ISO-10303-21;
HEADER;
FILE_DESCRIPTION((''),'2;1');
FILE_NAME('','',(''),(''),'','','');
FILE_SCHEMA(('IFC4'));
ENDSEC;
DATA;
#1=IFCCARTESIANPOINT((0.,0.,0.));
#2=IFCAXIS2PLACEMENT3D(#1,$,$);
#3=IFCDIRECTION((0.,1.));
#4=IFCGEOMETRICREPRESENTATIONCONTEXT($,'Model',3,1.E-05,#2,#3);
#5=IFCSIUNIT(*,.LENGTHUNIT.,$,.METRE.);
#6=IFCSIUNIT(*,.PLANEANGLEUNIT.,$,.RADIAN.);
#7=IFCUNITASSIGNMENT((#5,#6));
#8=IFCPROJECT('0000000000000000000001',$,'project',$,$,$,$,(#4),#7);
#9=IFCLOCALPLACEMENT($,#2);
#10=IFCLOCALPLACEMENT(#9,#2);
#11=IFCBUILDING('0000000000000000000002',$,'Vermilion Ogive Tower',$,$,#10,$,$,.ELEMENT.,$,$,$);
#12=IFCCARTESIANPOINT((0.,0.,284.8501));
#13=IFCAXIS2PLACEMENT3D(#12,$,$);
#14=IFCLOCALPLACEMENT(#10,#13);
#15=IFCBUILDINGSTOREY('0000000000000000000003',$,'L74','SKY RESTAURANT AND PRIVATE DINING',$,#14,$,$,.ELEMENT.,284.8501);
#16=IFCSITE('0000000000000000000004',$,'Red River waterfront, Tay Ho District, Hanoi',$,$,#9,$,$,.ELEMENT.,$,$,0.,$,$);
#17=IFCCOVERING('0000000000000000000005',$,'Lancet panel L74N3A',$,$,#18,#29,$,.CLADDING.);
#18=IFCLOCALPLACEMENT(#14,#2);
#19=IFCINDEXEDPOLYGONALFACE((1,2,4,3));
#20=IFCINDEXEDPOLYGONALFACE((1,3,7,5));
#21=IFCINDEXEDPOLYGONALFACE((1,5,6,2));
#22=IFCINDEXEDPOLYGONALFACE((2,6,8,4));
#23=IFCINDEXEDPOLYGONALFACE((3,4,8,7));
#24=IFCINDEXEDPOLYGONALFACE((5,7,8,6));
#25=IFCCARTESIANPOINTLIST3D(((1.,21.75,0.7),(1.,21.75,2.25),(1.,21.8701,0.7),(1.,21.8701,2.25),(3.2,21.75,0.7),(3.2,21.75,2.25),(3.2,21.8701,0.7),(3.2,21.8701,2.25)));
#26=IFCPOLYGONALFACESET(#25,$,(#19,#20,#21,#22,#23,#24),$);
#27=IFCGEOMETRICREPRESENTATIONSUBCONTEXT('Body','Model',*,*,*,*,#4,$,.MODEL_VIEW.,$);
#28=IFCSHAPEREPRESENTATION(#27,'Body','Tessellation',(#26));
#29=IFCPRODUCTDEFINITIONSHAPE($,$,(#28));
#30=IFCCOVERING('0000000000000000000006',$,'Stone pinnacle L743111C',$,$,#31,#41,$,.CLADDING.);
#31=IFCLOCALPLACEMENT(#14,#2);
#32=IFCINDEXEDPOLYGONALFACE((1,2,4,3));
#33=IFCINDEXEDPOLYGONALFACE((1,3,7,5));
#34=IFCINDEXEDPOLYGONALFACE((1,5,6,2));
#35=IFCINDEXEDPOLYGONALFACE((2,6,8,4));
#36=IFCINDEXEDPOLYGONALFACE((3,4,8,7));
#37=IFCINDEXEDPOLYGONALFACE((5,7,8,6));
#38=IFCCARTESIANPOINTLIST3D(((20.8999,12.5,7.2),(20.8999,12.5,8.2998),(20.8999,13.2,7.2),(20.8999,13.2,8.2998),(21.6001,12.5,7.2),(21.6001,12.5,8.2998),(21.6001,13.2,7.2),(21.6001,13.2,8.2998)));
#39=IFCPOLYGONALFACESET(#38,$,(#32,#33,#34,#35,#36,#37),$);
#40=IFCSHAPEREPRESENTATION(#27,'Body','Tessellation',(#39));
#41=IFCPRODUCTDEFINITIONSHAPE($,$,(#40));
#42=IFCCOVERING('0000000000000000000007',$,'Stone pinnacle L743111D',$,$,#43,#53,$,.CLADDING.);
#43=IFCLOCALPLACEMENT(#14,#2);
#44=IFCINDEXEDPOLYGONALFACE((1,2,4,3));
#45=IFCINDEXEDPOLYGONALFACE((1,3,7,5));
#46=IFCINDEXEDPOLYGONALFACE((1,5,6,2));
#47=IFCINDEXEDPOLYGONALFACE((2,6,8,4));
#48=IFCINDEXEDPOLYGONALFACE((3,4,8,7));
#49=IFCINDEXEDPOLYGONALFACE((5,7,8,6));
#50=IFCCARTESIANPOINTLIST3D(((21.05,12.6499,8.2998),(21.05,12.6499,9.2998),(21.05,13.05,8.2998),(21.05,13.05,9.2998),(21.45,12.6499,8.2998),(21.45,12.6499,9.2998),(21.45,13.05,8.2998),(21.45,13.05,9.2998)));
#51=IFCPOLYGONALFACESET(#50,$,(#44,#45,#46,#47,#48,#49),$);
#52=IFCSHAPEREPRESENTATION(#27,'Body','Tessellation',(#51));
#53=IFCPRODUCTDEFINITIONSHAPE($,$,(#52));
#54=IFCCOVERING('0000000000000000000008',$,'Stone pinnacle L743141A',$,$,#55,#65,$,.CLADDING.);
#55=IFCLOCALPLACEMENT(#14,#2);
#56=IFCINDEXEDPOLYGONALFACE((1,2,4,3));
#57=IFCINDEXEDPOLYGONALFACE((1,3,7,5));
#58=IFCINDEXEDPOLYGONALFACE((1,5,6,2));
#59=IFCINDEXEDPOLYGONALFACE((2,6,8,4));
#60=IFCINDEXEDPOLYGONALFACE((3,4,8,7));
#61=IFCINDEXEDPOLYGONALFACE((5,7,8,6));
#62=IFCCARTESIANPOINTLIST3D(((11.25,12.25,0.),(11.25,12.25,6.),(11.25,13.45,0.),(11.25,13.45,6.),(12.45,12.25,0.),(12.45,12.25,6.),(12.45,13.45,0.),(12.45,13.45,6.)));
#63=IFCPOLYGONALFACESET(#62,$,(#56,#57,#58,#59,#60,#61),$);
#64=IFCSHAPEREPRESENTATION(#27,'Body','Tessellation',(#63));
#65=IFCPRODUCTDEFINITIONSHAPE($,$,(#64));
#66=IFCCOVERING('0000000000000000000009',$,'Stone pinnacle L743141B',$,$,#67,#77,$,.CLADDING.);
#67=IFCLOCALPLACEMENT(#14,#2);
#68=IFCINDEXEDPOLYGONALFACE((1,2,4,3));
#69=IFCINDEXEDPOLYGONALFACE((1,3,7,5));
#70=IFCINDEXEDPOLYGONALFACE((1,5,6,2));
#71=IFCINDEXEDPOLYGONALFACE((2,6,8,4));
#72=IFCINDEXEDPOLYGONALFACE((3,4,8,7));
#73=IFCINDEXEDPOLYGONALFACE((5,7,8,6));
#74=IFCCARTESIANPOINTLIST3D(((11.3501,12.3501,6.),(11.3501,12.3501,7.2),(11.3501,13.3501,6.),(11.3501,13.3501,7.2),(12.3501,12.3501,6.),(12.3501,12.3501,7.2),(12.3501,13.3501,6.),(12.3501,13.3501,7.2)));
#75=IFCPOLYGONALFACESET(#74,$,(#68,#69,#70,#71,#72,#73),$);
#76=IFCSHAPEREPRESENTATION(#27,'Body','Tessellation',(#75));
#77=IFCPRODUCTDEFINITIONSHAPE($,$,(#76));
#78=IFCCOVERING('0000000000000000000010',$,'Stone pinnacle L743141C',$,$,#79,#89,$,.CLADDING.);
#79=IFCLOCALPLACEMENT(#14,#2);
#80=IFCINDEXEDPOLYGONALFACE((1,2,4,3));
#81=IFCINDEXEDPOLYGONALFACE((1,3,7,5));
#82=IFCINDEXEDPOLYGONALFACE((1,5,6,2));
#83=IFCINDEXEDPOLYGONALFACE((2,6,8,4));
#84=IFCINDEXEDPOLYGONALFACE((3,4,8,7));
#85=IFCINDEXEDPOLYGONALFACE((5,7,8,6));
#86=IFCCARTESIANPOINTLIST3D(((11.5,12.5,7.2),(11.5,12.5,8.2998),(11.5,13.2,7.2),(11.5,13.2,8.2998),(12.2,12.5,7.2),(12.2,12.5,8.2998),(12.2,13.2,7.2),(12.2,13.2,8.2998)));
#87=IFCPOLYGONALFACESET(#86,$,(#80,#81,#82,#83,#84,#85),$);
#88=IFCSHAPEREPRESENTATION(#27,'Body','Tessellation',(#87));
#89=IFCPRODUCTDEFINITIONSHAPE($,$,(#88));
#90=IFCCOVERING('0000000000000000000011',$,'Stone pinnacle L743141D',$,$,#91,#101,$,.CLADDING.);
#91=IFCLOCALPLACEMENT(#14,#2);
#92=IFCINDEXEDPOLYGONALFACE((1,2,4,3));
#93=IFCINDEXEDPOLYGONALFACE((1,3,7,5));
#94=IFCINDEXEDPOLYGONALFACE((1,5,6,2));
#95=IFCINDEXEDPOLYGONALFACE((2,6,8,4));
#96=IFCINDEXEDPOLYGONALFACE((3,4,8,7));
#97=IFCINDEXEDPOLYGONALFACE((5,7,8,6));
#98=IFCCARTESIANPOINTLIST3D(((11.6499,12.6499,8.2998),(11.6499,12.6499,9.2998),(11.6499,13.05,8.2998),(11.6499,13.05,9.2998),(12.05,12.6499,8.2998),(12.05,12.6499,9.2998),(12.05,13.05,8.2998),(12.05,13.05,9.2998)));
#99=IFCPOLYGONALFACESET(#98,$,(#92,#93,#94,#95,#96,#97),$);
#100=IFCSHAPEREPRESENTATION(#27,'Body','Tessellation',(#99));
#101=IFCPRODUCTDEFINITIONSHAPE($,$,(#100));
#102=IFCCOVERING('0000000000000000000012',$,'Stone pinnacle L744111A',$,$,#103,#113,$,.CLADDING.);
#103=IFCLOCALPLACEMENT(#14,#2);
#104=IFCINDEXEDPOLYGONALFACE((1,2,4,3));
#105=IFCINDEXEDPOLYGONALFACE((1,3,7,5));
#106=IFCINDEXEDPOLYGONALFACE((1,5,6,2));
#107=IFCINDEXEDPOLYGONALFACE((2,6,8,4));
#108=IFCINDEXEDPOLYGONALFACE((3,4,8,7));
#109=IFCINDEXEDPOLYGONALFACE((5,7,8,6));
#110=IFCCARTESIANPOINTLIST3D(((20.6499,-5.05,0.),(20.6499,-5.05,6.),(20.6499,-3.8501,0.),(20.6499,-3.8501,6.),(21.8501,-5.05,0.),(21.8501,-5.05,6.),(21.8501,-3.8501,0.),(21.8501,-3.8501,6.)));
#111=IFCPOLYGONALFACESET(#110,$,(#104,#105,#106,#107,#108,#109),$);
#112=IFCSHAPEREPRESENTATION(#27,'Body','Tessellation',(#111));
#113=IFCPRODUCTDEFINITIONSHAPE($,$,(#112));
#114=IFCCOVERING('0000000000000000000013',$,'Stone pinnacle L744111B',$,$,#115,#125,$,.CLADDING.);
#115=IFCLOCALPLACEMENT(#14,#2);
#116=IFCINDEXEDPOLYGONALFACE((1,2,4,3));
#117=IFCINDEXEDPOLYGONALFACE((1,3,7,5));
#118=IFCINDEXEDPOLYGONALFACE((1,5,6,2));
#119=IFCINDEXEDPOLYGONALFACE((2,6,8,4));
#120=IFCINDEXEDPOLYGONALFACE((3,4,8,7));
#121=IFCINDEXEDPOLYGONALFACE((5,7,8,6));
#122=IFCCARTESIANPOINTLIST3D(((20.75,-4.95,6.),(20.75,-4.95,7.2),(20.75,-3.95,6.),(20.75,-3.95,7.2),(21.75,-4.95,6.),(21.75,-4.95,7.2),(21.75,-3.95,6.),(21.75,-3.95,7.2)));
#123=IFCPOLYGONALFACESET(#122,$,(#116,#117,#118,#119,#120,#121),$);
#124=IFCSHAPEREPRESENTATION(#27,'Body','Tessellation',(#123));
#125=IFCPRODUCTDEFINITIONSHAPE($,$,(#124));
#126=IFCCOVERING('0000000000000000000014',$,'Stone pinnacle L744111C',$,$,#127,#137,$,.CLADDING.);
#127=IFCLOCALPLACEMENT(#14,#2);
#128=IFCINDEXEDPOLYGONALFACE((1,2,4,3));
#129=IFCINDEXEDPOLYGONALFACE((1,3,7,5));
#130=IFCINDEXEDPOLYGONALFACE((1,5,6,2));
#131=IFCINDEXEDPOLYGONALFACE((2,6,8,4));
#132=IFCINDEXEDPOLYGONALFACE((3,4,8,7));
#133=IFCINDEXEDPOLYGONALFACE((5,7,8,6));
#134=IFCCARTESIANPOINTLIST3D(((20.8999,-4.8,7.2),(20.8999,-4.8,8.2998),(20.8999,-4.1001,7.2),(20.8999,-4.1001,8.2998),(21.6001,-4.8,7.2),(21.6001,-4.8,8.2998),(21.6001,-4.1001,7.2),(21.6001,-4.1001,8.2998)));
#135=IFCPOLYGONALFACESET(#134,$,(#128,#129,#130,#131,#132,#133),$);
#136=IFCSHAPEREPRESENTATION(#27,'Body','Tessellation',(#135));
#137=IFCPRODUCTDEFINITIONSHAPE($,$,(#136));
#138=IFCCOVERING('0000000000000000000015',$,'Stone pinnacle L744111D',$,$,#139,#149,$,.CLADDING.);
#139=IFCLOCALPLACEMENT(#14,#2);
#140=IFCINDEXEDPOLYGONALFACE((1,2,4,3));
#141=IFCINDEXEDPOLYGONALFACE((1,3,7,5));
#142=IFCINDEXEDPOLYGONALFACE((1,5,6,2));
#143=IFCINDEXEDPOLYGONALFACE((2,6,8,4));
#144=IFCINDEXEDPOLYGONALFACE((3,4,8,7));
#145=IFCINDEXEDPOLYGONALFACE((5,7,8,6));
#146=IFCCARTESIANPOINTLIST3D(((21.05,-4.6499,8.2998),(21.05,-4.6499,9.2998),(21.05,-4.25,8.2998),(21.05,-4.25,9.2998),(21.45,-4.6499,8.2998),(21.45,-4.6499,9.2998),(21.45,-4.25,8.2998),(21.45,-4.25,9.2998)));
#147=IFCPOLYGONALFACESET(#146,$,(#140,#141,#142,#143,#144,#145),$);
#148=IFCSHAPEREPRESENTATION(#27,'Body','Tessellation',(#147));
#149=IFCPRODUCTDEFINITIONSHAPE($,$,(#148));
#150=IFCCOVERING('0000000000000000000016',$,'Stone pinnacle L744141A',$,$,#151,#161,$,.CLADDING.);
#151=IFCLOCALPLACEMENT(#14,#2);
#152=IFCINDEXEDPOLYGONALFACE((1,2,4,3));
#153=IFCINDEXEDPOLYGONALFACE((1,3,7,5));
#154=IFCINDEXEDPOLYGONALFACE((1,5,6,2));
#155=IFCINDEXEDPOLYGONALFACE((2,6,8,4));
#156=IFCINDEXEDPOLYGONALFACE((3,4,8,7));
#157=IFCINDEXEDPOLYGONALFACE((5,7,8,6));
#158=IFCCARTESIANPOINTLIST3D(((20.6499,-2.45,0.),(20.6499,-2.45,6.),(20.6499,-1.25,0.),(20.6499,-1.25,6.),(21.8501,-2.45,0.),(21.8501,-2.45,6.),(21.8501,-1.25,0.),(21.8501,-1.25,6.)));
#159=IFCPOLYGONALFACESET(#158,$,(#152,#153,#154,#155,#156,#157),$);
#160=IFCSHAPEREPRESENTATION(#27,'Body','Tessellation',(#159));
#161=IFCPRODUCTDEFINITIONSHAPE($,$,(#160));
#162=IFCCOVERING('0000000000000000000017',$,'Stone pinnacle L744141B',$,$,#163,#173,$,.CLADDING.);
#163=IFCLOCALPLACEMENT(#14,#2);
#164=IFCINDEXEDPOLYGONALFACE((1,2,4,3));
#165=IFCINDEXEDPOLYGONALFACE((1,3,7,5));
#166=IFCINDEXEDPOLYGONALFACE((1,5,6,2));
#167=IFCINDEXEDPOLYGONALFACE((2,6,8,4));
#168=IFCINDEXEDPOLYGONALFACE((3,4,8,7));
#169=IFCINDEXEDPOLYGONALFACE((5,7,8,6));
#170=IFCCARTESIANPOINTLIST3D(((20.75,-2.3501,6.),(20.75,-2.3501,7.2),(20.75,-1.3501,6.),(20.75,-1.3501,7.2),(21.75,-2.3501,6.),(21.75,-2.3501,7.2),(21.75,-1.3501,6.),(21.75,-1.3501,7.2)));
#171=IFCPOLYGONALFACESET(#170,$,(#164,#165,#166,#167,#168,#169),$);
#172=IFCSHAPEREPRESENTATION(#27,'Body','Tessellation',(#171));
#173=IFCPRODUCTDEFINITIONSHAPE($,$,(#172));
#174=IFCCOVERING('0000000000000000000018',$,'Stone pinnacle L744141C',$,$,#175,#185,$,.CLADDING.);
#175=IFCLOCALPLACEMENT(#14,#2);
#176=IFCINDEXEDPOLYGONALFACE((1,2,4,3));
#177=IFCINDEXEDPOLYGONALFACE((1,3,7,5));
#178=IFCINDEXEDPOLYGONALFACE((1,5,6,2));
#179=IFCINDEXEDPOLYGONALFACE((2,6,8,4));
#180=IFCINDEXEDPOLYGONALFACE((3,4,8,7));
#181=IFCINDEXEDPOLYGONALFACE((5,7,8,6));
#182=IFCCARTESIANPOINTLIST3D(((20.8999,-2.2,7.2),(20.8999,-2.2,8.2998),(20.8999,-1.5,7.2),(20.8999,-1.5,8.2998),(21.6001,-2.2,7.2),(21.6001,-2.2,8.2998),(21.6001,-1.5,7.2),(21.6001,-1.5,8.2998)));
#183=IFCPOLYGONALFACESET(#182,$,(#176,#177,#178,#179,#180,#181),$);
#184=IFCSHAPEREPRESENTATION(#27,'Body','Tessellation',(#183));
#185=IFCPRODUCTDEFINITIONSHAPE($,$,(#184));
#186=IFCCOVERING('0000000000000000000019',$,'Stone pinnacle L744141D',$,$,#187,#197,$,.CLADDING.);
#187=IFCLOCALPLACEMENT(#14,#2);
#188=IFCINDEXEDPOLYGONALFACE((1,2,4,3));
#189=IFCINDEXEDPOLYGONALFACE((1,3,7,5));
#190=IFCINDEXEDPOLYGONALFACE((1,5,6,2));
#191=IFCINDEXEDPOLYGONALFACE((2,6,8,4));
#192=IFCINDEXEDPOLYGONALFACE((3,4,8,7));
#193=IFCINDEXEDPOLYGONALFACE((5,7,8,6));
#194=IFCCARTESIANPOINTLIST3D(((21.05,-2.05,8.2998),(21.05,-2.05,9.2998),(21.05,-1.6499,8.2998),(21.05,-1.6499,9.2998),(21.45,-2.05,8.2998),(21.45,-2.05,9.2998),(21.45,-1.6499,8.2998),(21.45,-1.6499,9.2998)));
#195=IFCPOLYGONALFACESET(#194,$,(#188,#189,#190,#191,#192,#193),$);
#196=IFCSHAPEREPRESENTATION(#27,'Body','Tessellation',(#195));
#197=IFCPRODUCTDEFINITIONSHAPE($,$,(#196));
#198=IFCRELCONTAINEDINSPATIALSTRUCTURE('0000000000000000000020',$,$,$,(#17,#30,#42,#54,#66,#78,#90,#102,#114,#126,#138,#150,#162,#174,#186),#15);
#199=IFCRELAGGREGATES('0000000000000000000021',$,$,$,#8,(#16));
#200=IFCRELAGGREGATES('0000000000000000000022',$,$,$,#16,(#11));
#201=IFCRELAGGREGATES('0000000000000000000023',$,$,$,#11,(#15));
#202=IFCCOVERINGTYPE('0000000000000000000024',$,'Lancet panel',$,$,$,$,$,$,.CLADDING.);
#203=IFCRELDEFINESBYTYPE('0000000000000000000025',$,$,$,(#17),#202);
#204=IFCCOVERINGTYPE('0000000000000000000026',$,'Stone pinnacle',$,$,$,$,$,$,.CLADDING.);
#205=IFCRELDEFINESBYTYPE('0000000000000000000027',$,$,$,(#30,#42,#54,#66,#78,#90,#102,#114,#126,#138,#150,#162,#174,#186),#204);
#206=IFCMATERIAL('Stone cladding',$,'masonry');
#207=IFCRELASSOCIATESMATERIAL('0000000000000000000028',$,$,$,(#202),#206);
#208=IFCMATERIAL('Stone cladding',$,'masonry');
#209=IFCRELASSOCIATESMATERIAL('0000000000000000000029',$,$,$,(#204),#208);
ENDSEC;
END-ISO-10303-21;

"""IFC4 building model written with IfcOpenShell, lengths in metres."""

from ifc_helpers import new_model, si_unit, direction, frame, origin, place, context, subcontext, project, spatial, polyline, outline, extrude, material, type_object, element, save


model = new_model("IFC4")

# Units and contexts
model_context = context("Model", 3, precision=1e-05, world=origin(), true_north=direction((0.0, 1.0)))
body_context = subcontext(model_context, "Body", "Model", "MODEL_VIEW")
ifc_project = project(units=[si_unit("LENGTHUNIT", "METRE"), si_unit("PLANEANGLEUNIT", "RADIAN")], contexts=[model_context])

# Site, building, storey
site_placement = place(None, origin())
site = spatial("IfcSite", under=ifc_project, at=site_placement, Name="Red River waterfront, Tay Ho District, Hanoi", CompositionType="ELEMENT", RefElevation=0.0)
building_placement = place(site_placement, origin())
building = spatial("IfcBuilding", under=site, at=building_placement, Name="Vermilion Ogive Tower", CompositionType="ELEMENT")
storey_placement = place(building_placement, frame((0.0, 0.0, 284.8501)))
storey = spatial("IfcBuildingStorey", under=building, at=storey_placement, Name="L74", Description="SKY RESTAURANT AND PRIVATE DINING", CompositionType="ELEMENT", Elevation=284.8501)

# Coverings
ifc_material_1 = material(Name="Stone cladding", Category="masonry")
covering_type_1 = type_object("IfcCoveringType", Name="Lancet panel", PredefinedType="CLADDING", material=ifc_material_1)
covering_1_placement = place(storey_placement, frame((0.0, 0.0, 0.7)))
element("IfcCovering", 1, at=covering_1_placement, inside=storey, type_object=covering_type_1, Name="Lancet panel L74N3A", PredefinedType="CLADDING", context=body_context, shape_type="SweptSolid", body=[
    extrude(outline(polyline([(1.0, 21.75), (3.2, 21.75), (3.2, 21.8701), (1.0, 21.8701), (1.0, 21.75)])), origin(), (0.0, 0.0, 1.0), 1.55),
])
ifc_material_2 = material(Name="Stone cladding", Category="masonry")
covering_type_2 = type_object("IfcCoveringType", Name="Stone pinnacle", PredefinedType="CLADDING", material=ifc_material_2)
covering_2_placement = place(storey_placement, frame((0.0, 0.0, 7.2)))
element("IfcCovering", 2, at=covering_2_placement, inside=storey, type_object=covering_type_2, Name="Stone pinnacle L743111C", PredefinedType="CLADDING", context=body_context, shape_type="SweptSolid", body=[
    extrude(outline(polyline([(20.8999, 12.5), (21.6001, 12.5), (21.6001, 13.2), (20.8999, 13.2), (20.8999, 12.5)])), origin(), (0.0, 0.0, 1.0), 1.0999),
])
covering_3_placement = place(storey_placement, frame((0.0, 0.0, 8.2998)))
element("IfcCovering", 3, at=covering_3_placement, inside=storey, type_object=covering_type_2, Name="Stone pinnacle L743111D", PredefinedType="CLADDING", context=body_context, shape_type="SweptSolid", body=[
    extrude(outline(polyline([(21.05, 12.6499), (21.45, 12.6499), (21.45, 13.05), (21.05, 13.05), (21.05, 12.6499)])), origin(), (0.0, 0.0, 1.0), 1.0),
])
covering_4_placement = place(storey_placement, origin())
element("IfcCovering", 4, at=covering_4_placement, inside=storey, type_object=covering_type_2, Name="Stone pinnacle L743141A", PredefinedType="CLADDING", context=body_context, shape_type="SweptSolid", body=[
    extrude(outline(polyline([(11.25, 12.25), (12.45, 12.25), (12.45, 13.45), (11.25, 13.45), (11.25, 12.25)])), origin(), (0.0, 0.0, 1.0), 6.0),
])
covering_5_placement = place(storey_placement, frame((0.0, 0.0, 6.0)))
element("IfcCovering", 5, at=covering_5_placement, inside=storey, type_object=covering_type_2, Name="Stone pinnacle L743141B", PredefinedType="CLADDING", context=body_context, shape_type="SweptSolid", body=[
    extrude(outline(polyline([(11.3501, 12.3501), (12.3501, 12.3501), (12.3501, 13.3501), (11.3501, 13.3501), (11.3501, 12.3501)])), origin(), (0.0, 0.0, 1.0), 1.2),
])
covering_6_placement = place(storey_placement, frame((0.0, 0.0, 7.2)))
element("IfcCovering", 6, at=covering_6_placement, inside=storey, type_object=covering_type_2, Name="Stone pinnacle L743141C", PredefinedType="CLADDING", context=body_context, shape_type="SweptSolid", body=[
    extrude(outline(polyline([(11.5, 12.5), (12.2, 12.5), (12.2, 13.2), (11.5, 13.2), (11.5, 12.5)])), origin(), (0.0, 0.0, 1.0), 1.0999),
])
covering_7_placement = place(storey_placement, frame((0.0, 0.0, 8.2998)))
element("IfcCovering", 7, at=covering_7_placement, inside=storey, type_object=covering_type_2, Name="Stone pinnacle L743141D", PredefinedType="CLADDING", context=body_context, shape_type="SweptSolid", body=[
    extrude(outline(polyline([(11.6499, 12.6499), (12.05, 12.6499), (12.05, 13.05), (11.6499, 13.05), (11.6499, 12.6499)])), origin(), (0.0, 0.0, 1.0), 1.0),
])
covering_8_placement = place(storey_placement, origin())
element("IfcCovering", 8, at=covering_8_placement, inside=storey, type_object=covering_type_2, Name="Stone pinnacle L744111A", PredefinedType="CLADDING", context=body_context, shape_type="SweptSolid", body=[
    extrude(outline(polyline([(20.6499, -5.05), (21.8501, -5.05), (21.8501, -3.8501), (20.6499, -3.8501), (20.6499, -5.05)])), origin(), (0.0, 0.0, 1.0), 6.0),
])
covering_9_placement = place(storey_placement, frame((0.0, 0.0, 6.0)))
element("IfcCovering", 9, at=covering_9_placement, inside=storey, type_object=covering_type_2, Name="Stone pinnacle L744111B", PredefinedType="CLADDING", context=body_context, shape_type="SweptSolid", body=[
    extrude(outline(polyline([(20.75, -4.95), (21.75, -4.95), (21.75, -3.95), (20.75, -3.95), (20.75, -4.95)])), origin(), (0.0, 0.0, 1.0), 1.2),
])
covering_10_placement = place(storey_placement, frame((0.0, 0.0, 7.2)))
element("IfcCovering", 10, at=covering_10_placement, inside=storey, type_object=covering_type_2, Name="Stone pinnacle L744111C", PredefinedType="CLADDING", context=body_context, shape_type="SweptSolid", body=[
    extrude(outline(polyline([(20.8999, -4.8), (21.6001, -4.8), (21.6001, -4.1001), (20.8999, -4.1001), (20.8999, -4.8)])), origin(), (0.0, 0.0, 1.0), 1.0999),
])
covering_11_placement = place(storey_placement, frame((0.0, 0.0, 8.2998)))
element("IfcCovering", 11, at=covering_11_placement, inside=storey, type_object=covering_type_2, Name="Stone pinnacle L744111D", PredefinedType="CLADDING", context=body_context, shape_type="SweptSolid", body=[
    extrude(outline(polyline([(21.05, -4.6499), (21.45, -4.6499), (21.45, -4.25), (21.05, -4.25), (21.05, -4.6499)])), origin(), (0.0, 0.0, 1.0), 1.0),
])
covering_12_placement = place(storey_placement, origin())
element("IfcCovering", 12, at=covering_12_placement, inside=storey, type_object=covering_type_2, Name="Stone pinnacle L744141A", PredefinedType="CLADDING", context=body_context, shape_type="SweptSolid", body=[
    extrude(outline(polyline([(20.6499, -2.45), (21.8501, -2.45), (21.8501, -1.25), (20.6499, -1.25), (20.6499, -2.45)])), origin(), (0.0, 0.0, 1.0), 6.0),
])
covering_13_placement = place(storey_placement, frame((0.0, 0.0, 6.0)))
element("IfcCovering", 13, at=covering_13_placement, inside=storey, type_object=covering_type_2, Name="Stone pinnacle L744141B", PredefinedType="CLADDING", context=body_context, shape_type="SweptSolid", body=[
    extrude(outline(polyline([(20.75, -2.3501), (21.75, -2.3501), (21.75, -1.3501), (20.75, -1.3501), (20.75, -2.3501)])), origin(), (0.0, 0.0, 1.0), 1.2),
])
covering_14_placement = place(storey_placement, frame((0.0, 0.0, 7.2)))
element("IfcCovering", 14, at=covering_14_placement, inside=storey, type_object=covering_type_2, Name="Stone pinnacle L744141C", PredefinedType="CLADDING", context=body_context, shape_type="SweptSolid", body=[
    extrude(outline(polyline([(20.8999, -2.2), (21.6001, -2.2), (21.6001, -1.5), (20.8999, -1.5), (20.8999, -2.2)])), origin(), (0.0, 0.0, 1.0), 1.0999),
])
covering_15_placement = place(storey_placement, frame((0.0, 0.0, 8.2998)))
element("IfcCovering", 15, at=covering_15_placement, inside=storey, type_object=covering_type_2, Name="Stone pinnacle L744141D", PredefinedType="CLADDING", context=body_context, shape_type="SweptSolid", body=[
    extrude(outline(polyline([(21.05, -2.05), (21.45, -2.05), (21.45, -1.6499), (21.05, -1.6499), (21.05, -2.05)])), origin(), (0.0, 0.0, 1.0), 1.0),
])

save(model, "model.ifc")
